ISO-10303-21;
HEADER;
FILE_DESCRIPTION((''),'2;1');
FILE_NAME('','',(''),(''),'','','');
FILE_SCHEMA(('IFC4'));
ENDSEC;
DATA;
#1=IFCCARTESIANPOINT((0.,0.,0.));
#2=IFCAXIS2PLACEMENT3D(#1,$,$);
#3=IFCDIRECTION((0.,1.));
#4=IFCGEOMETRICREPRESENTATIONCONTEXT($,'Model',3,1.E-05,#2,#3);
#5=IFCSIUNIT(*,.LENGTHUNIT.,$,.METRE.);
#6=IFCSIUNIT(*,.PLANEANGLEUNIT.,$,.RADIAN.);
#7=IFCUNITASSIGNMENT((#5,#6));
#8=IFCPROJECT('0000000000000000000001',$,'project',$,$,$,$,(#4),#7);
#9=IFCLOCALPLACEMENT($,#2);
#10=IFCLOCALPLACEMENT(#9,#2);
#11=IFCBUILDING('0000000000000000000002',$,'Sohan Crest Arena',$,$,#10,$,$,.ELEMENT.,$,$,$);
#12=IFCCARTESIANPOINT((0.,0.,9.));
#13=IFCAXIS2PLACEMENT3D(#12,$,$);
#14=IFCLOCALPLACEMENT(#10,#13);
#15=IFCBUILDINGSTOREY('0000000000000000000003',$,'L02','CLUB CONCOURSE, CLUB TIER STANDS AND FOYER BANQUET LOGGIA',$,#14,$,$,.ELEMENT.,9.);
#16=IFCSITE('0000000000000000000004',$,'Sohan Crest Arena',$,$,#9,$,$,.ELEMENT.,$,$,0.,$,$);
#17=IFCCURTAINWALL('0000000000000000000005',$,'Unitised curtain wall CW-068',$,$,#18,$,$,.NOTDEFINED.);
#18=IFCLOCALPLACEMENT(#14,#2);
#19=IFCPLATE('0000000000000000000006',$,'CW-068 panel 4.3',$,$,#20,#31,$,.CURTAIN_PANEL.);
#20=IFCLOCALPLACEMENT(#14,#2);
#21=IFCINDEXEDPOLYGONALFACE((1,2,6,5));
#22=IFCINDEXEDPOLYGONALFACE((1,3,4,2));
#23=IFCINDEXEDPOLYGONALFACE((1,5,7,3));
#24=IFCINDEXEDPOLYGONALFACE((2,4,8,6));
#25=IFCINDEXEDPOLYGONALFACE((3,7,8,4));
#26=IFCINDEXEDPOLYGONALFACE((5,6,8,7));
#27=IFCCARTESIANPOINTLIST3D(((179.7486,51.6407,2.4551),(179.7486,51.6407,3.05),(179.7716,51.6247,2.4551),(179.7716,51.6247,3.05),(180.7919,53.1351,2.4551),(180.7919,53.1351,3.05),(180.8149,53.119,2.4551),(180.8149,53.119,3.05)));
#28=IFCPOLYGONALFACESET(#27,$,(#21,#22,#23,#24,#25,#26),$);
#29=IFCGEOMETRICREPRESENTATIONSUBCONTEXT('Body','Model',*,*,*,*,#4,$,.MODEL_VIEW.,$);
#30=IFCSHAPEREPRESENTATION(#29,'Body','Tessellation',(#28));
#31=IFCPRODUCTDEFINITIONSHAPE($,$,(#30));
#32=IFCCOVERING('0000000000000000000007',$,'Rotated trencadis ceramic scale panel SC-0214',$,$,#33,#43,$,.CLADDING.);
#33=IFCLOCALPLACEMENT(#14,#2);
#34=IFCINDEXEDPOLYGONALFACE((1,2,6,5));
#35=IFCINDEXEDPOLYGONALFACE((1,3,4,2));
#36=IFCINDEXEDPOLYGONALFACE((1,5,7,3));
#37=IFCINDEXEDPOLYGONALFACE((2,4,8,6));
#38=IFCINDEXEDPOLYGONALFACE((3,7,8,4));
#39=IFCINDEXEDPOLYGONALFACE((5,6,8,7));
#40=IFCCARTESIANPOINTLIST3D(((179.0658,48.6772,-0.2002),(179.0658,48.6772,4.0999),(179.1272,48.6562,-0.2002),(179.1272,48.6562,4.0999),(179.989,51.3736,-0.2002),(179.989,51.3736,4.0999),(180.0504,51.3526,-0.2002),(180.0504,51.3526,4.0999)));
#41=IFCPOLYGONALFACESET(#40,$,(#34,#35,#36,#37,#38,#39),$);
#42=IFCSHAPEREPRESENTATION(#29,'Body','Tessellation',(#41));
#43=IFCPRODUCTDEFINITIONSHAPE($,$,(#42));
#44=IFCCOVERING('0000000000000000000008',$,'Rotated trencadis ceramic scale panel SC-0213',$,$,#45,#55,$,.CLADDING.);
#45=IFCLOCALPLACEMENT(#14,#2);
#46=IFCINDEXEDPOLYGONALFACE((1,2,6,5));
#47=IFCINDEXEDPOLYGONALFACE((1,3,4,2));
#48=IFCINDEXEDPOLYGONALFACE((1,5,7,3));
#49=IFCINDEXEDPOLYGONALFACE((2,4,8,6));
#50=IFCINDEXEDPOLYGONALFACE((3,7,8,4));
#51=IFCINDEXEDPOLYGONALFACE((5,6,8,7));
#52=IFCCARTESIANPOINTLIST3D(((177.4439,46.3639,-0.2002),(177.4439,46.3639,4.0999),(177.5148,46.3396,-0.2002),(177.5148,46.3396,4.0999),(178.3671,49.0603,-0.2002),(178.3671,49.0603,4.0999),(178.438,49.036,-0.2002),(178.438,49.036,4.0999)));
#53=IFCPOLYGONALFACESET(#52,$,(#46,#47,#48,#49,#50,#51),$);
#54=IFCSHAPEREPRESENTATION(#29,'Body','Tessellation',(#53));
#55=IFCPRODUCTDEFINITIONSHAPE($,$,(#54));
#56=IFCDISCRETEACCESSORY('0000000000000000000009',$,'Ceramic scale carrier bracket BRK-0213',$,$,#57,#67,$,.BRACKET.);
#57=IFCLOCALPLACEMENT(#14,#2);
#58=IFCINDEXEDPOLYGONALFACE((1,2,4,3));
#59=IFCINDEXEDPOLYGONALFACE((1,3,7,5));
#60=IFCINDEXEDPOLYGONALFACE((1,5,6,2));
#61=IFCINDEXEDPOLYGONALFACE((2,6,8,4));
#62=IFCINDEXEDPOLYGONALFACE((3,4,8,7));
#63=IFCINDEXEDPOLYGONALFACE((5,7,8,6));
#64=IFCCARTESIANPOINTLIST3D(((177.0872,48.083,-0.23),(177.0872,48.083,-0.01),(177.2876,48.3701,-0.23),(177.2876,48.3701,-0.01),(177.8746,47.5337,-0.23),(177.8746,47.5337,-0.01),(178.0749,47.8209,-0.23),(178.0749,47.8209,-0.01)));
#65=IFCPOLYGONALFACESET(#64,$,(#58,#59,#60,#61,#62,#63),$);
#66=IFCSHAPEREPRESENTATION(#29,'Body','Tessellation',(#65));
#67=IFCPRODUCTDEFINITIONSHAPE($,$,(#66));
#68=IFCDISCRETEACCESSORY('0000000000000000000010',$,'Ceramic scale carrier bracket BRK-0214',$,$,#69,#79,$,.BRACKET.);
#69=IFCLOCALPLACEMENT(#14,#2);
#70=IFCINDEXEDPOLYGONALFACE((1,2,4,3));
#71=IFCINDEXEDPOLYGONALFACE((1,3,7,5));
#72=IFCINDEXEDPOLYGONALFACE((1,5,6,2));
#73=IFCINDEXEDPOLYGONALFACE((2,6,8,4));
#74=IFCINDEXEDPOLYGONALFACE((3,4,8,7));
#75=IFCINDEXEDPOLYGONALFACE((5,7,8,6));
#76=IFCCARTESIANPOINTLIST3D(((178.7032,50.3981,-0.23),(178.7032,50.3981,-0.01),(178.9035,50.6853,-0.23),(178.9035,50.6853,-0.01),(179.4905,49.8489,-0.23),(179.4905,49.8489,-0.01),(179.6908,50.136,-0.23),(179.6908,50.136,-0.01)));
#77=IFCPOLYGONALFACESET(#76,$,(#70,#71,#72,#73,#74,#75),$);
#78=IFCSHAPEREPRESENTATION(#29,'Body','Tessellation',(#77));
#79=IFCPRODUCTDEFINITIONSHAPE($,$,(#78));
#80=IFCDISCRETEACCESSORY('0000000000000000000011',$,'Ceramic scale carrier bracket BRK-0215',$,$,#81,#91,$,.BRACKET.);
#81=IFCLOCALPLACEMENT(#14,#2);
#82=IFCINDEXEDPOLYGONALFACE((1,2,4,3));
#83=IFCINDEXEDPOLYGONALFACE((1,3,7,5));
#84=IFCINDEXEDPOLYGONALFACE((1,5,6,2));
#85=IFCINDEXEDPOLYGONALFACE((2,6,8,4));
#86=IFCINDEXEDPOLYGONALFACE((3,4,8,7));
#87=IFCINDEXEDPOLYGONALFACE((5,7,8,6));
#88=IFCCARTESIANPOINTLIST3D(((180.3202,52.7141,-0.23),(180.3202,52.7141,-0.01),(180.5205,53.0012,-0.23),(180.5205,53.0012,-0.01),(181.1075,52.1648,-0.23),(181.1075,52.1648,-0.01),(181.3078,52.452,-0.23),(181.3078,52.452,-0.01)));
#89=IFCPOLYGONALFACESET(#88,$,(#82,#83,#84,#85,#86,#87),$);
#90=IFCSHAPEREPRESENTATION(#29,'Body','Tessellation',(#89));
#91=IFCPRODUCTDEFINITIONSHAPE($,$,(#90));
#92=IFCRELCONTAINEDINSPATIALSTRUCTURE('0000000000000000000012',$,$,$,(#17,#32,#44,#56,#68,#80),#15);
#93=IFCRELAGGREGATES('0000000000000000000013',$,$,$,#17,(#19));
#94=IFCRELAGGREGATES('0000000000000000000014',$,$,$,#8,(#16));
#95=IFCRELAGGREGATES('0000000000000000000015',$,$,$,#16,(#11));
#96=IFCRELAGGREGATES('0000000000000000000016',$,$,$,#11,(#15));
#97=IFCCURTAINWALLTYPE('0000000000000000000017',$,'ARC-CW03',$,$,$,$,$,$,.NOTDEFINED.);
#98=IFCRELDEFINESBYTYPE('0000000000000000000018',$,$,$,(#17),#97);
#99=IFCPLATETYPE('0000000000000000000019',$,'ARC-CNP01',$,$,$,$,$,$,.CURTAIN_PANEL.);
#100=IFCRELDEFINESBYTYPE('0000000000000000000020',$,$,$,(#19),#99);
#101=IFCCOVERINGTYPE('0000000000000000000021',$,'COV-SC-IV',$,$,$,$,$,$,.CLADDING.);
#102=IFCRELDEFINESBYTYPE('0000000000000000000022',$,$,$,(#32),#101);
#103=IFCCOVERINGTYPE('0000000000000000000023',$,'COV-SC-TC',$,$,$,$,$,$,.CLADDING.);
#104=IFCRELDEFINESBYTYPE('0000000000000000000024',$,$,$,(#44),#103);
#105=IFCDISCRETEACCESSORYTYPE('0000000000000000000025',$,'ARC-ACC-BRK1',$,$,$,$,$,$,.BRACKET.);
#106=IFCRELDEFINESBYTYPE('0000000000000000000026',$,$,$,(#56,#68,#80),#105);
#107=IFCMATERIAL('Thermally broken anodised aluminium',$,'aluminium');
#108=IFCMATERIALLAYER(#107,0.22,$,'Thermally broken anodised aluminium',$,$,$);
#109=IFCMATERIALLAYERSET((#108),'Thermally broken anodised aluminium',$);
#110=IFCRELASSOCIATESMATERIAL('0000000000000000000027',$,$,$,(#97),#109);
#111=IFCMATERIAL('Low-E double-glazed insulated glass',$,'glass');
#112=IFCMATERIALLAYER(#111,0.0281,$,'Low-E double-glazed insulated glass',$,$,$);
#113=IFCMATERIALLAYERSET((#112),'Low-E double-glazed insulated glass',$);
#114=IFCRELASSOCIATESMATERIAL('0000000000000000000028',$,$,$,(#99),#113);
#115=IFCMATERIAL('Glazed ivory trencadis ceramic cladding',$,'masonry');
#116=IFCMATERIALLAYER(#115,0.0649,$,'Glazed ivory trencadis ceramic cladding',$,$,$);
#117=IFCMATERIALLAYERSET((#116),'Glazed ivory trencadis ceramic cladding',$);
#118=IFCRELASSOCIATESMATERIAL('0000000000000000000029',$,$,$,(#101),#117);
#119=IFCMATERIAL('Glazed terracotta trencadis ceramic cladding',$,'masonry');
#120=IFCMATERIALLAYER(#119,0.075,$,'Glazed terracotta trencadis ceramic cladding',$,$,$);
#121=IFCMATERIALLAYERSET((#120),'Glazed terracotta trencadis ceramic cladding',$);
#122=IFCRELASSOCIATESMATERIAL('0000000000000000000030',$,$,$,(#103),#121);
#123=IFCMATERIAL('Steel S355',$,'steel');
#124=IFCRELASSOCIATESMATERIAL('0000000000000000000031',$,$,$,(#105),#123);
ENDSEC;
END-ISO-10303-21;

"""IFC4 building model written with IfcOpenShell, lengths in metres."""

from ifc_helpers import new_model, si_unit, direction, frame, origin, origin_2d, place, context, subcontext, project, spatial, rectangle, extrude, material, layer, layer_set, type_object, element, aggregate, save


model = new_model("IFC4")

# Units and contexts
model_context = context("Model", 3, precision=1e-05, world=origin(), true_north=direction((0.0, 1.0)))
body_context = subcontext(model_context, "Body", "Model", "MODEL_VIEW")
ifc_project = project(units=[si_unit("LENGTHUNIT", "METRE"), si_unit("PLANEANGLEUNIT", "RADIAN")], contexts=[model_context])

# Site, building, storey
site_placement = place(None, origin())
site = spatial("IfcSite", under=ifc_project, at=site_placement, Name="Sohan Crest Arena", CompositionType="ELEMENT", RefElevation=0.0)
building_placement = place(site_placement, origin())
building = spatial("IfcBuilding", under=site, at=building_placement, Name="Sohan Crest Arena", CompositionType="ELEMENT")
storey_placement = place(building_placement, frame((0.0, 0.0, 9.0)))
storey = spatial("IfcBuildingStorey", under=building, at=storey_placement, Name="L02", Description="CLUB CONCOURSE, CLUB TIER STANDS AND FOYER BANQUET LOGGIA", CompositionType="ELEMENT", Elevation=9.0)

# Curtain wall, plate
ifc_material_1 = material(Name="Thermally broken anodised aluminium", Category="aluminium")
ifc_layer_1 = layer(ifc_material_1, 0.22, Name="Thermally broken anodised aluminium")
ifc_layer_set_1 = layer_set([ifc_layer_1], Name="Thermally broken anodised aluminium")
curtain_wall_type = type_object("IfcCurtainWallType", Name="ARC-CW03", PredefinedType="NOTDEFINED", material=ifc_layer_set_1)
curtain_wall_placement = place(storey_placement, origin())
curtain_wall = element("IfcCurtainWall", 1, at=curtain_wall_placement, inside=storey, type_object=curtain_wall_type, Name="Unitised curtain wall CW-068", PredefinedType="NOTDEFINED")
ifc_material_2 = material(Name="Low-E double-glazed insulated glass", Category="glass")
ifc_layer_2 = layer(ifc_material_2, 0.0281, Name="Low-E double-glazed insulated glass")
ifc_layer_set_2 = layer_set([ifc_layer_2], Name="Low-E double-glazed insulated glass")
plate_type = type_object("IfcPlateType", Name="ARC-CNP01", PredefinedType="CURTAIN_PANEL", material=ifc_layer_set_2)
plate_1_placement = place(storey_placement, frame((180.2817, 52.3799, 2.4551), z_axis=(0.0, 0.0, 1.0), x_axis=(0.572428, 0.819955, 0.0)))
plate_1 = element("IfcPlate", 2, at=plate_1_placement, type_object=plate_type, Name="CW-068 panel 4.3", PredefinedType="CURTAIN_PANEL", context=body_context, shape_type="SweptSolid", body=[
    extrude(rectangle(XDim=1.8225, YDim=0.0281, at=origin_2d()), origin(), (0.0, 0.0, 1.0), 0.595),
])
aggregate(curtain_wall, [plate_1])

# Coverings
ifc_material_3 = material(Name="Glazed ivory trencadis ceramic cladding", Category="masonry")
ifc_layer_3 = layer(ifc_material_3, 0.0649, Name="Glazed ivory trencadis ceramic cladding")
ifc_layer_set_3 = layer_set([ifc_layer_3], Name="Glazed ivory trencadis ceramic cladding")
covering_type_1 = type_object("IfcCoveringType", Name="COV-SC-IV", PredefinedType="CLADDING", material=ifc_layer_set_3)
covering_1_placement = place(storey_placement, frame((179.5581, 50.0149, -0.2002), z_axis=(0.0, 0.0, 1.0), x_axis=(0.323917, 0.946085, 0.0)))
element("IfcCovering", 3, at=covering_1_placement, inside=storey, type_object=covering_type_1, Name="Rotated trencadis ceramic scale panel SC-0214", PredefinedType="CLADDING", context=body_context, shape_type="SweptSolid", body=[
    extrude(rectangle(XDim=2.8501, YDim=0.0649, at=origin_2d()), origin(), (0.0, 0.0, 1.0), 4.3),
])
ifc_material_4 = material(Name="Glazed terracotta trencadis ceramic cladding", Category="masonry")
ifc_layer_4 = layer(ifc_material_4, 0.075, Name="Glazed terracotta trencadis ceramic cladding")
ifc_layer_set_4 = layer_set([ifc_layer_4], Name="Glazed terracotta trencadis ceramic cladding")
covering_type_2 = type_object("IfcCoveringType", Name="COV-SC-TC", PredefinedType="CLADDING", material=ifc_layer_set_4)
covering_2_placement = place(storey_placement, frame((177.9409, 47.7, -0.2002), z_axis=(0.0, 0.0, 1.0), x_axis=(0.323917, 0.946085, 0.0)))
element("IfcCovering", 4, at=covering_2_placement, inside=storey, type_object=covering_type_2, Name="Rotated trencadis ceramic scale panel SC-0213", PredefinedType="CLADDING", context=body_context, shape_type="SweptSolid", body=[
    extrude(rectangle(XDim=2.8501, YDim=0.075, at=origin_2d()), origin(), (0.0, 0.0, 1.0), 4.3),
])

# Discrete accessories
ifc_material_5 = material(Name="Steel S355", Category="steel")
discrete_accessory_type = type_object("IfcDiscreteAccessoryType", Name="ARC-ACC-BRK1", PredefinedType="BRACKET", material=ifc_material_5)
for number, where, z_axis, x_axis, name in (
    (5, (177.5811, 47.9519, -0.23), (0.0, 0.0, 1.0), (0.572146, 0.820152, 0.0), "Ceramic scale carrier bracket BRK-0213"),
    (6, (179.197, 50.2671, -0.23), (0.0, 0.0, 1.0), (0.572146, 0.820152, 0.0), "Ceramic scale carrier bracket BRK-0214"),
    (7, (180.814, 52.583, -0.23), (0.0, 0.0, 1.0), (0.572146, 0.820152, 0.0), "Ceramic scale carrier bracket BRK-0215"),
):
    element("IfcDiscreteAccessory", number, at=place(storey_placement, frame(where, z_axis=z_axis, x_axis=x_axis)), inside=storey, type_object=discrete_accessory_type, Name=name, PredefinedType="BRACKET", context=body_context, shape_type="SweptSolid", body=[
        extrude(rectangle(XDim=0.3501, YDim=0.96, at=origin_2d()), origin(), (0.0, 0.0, 1.0), 0.22),
    ])

save(model, "model.ifc")
